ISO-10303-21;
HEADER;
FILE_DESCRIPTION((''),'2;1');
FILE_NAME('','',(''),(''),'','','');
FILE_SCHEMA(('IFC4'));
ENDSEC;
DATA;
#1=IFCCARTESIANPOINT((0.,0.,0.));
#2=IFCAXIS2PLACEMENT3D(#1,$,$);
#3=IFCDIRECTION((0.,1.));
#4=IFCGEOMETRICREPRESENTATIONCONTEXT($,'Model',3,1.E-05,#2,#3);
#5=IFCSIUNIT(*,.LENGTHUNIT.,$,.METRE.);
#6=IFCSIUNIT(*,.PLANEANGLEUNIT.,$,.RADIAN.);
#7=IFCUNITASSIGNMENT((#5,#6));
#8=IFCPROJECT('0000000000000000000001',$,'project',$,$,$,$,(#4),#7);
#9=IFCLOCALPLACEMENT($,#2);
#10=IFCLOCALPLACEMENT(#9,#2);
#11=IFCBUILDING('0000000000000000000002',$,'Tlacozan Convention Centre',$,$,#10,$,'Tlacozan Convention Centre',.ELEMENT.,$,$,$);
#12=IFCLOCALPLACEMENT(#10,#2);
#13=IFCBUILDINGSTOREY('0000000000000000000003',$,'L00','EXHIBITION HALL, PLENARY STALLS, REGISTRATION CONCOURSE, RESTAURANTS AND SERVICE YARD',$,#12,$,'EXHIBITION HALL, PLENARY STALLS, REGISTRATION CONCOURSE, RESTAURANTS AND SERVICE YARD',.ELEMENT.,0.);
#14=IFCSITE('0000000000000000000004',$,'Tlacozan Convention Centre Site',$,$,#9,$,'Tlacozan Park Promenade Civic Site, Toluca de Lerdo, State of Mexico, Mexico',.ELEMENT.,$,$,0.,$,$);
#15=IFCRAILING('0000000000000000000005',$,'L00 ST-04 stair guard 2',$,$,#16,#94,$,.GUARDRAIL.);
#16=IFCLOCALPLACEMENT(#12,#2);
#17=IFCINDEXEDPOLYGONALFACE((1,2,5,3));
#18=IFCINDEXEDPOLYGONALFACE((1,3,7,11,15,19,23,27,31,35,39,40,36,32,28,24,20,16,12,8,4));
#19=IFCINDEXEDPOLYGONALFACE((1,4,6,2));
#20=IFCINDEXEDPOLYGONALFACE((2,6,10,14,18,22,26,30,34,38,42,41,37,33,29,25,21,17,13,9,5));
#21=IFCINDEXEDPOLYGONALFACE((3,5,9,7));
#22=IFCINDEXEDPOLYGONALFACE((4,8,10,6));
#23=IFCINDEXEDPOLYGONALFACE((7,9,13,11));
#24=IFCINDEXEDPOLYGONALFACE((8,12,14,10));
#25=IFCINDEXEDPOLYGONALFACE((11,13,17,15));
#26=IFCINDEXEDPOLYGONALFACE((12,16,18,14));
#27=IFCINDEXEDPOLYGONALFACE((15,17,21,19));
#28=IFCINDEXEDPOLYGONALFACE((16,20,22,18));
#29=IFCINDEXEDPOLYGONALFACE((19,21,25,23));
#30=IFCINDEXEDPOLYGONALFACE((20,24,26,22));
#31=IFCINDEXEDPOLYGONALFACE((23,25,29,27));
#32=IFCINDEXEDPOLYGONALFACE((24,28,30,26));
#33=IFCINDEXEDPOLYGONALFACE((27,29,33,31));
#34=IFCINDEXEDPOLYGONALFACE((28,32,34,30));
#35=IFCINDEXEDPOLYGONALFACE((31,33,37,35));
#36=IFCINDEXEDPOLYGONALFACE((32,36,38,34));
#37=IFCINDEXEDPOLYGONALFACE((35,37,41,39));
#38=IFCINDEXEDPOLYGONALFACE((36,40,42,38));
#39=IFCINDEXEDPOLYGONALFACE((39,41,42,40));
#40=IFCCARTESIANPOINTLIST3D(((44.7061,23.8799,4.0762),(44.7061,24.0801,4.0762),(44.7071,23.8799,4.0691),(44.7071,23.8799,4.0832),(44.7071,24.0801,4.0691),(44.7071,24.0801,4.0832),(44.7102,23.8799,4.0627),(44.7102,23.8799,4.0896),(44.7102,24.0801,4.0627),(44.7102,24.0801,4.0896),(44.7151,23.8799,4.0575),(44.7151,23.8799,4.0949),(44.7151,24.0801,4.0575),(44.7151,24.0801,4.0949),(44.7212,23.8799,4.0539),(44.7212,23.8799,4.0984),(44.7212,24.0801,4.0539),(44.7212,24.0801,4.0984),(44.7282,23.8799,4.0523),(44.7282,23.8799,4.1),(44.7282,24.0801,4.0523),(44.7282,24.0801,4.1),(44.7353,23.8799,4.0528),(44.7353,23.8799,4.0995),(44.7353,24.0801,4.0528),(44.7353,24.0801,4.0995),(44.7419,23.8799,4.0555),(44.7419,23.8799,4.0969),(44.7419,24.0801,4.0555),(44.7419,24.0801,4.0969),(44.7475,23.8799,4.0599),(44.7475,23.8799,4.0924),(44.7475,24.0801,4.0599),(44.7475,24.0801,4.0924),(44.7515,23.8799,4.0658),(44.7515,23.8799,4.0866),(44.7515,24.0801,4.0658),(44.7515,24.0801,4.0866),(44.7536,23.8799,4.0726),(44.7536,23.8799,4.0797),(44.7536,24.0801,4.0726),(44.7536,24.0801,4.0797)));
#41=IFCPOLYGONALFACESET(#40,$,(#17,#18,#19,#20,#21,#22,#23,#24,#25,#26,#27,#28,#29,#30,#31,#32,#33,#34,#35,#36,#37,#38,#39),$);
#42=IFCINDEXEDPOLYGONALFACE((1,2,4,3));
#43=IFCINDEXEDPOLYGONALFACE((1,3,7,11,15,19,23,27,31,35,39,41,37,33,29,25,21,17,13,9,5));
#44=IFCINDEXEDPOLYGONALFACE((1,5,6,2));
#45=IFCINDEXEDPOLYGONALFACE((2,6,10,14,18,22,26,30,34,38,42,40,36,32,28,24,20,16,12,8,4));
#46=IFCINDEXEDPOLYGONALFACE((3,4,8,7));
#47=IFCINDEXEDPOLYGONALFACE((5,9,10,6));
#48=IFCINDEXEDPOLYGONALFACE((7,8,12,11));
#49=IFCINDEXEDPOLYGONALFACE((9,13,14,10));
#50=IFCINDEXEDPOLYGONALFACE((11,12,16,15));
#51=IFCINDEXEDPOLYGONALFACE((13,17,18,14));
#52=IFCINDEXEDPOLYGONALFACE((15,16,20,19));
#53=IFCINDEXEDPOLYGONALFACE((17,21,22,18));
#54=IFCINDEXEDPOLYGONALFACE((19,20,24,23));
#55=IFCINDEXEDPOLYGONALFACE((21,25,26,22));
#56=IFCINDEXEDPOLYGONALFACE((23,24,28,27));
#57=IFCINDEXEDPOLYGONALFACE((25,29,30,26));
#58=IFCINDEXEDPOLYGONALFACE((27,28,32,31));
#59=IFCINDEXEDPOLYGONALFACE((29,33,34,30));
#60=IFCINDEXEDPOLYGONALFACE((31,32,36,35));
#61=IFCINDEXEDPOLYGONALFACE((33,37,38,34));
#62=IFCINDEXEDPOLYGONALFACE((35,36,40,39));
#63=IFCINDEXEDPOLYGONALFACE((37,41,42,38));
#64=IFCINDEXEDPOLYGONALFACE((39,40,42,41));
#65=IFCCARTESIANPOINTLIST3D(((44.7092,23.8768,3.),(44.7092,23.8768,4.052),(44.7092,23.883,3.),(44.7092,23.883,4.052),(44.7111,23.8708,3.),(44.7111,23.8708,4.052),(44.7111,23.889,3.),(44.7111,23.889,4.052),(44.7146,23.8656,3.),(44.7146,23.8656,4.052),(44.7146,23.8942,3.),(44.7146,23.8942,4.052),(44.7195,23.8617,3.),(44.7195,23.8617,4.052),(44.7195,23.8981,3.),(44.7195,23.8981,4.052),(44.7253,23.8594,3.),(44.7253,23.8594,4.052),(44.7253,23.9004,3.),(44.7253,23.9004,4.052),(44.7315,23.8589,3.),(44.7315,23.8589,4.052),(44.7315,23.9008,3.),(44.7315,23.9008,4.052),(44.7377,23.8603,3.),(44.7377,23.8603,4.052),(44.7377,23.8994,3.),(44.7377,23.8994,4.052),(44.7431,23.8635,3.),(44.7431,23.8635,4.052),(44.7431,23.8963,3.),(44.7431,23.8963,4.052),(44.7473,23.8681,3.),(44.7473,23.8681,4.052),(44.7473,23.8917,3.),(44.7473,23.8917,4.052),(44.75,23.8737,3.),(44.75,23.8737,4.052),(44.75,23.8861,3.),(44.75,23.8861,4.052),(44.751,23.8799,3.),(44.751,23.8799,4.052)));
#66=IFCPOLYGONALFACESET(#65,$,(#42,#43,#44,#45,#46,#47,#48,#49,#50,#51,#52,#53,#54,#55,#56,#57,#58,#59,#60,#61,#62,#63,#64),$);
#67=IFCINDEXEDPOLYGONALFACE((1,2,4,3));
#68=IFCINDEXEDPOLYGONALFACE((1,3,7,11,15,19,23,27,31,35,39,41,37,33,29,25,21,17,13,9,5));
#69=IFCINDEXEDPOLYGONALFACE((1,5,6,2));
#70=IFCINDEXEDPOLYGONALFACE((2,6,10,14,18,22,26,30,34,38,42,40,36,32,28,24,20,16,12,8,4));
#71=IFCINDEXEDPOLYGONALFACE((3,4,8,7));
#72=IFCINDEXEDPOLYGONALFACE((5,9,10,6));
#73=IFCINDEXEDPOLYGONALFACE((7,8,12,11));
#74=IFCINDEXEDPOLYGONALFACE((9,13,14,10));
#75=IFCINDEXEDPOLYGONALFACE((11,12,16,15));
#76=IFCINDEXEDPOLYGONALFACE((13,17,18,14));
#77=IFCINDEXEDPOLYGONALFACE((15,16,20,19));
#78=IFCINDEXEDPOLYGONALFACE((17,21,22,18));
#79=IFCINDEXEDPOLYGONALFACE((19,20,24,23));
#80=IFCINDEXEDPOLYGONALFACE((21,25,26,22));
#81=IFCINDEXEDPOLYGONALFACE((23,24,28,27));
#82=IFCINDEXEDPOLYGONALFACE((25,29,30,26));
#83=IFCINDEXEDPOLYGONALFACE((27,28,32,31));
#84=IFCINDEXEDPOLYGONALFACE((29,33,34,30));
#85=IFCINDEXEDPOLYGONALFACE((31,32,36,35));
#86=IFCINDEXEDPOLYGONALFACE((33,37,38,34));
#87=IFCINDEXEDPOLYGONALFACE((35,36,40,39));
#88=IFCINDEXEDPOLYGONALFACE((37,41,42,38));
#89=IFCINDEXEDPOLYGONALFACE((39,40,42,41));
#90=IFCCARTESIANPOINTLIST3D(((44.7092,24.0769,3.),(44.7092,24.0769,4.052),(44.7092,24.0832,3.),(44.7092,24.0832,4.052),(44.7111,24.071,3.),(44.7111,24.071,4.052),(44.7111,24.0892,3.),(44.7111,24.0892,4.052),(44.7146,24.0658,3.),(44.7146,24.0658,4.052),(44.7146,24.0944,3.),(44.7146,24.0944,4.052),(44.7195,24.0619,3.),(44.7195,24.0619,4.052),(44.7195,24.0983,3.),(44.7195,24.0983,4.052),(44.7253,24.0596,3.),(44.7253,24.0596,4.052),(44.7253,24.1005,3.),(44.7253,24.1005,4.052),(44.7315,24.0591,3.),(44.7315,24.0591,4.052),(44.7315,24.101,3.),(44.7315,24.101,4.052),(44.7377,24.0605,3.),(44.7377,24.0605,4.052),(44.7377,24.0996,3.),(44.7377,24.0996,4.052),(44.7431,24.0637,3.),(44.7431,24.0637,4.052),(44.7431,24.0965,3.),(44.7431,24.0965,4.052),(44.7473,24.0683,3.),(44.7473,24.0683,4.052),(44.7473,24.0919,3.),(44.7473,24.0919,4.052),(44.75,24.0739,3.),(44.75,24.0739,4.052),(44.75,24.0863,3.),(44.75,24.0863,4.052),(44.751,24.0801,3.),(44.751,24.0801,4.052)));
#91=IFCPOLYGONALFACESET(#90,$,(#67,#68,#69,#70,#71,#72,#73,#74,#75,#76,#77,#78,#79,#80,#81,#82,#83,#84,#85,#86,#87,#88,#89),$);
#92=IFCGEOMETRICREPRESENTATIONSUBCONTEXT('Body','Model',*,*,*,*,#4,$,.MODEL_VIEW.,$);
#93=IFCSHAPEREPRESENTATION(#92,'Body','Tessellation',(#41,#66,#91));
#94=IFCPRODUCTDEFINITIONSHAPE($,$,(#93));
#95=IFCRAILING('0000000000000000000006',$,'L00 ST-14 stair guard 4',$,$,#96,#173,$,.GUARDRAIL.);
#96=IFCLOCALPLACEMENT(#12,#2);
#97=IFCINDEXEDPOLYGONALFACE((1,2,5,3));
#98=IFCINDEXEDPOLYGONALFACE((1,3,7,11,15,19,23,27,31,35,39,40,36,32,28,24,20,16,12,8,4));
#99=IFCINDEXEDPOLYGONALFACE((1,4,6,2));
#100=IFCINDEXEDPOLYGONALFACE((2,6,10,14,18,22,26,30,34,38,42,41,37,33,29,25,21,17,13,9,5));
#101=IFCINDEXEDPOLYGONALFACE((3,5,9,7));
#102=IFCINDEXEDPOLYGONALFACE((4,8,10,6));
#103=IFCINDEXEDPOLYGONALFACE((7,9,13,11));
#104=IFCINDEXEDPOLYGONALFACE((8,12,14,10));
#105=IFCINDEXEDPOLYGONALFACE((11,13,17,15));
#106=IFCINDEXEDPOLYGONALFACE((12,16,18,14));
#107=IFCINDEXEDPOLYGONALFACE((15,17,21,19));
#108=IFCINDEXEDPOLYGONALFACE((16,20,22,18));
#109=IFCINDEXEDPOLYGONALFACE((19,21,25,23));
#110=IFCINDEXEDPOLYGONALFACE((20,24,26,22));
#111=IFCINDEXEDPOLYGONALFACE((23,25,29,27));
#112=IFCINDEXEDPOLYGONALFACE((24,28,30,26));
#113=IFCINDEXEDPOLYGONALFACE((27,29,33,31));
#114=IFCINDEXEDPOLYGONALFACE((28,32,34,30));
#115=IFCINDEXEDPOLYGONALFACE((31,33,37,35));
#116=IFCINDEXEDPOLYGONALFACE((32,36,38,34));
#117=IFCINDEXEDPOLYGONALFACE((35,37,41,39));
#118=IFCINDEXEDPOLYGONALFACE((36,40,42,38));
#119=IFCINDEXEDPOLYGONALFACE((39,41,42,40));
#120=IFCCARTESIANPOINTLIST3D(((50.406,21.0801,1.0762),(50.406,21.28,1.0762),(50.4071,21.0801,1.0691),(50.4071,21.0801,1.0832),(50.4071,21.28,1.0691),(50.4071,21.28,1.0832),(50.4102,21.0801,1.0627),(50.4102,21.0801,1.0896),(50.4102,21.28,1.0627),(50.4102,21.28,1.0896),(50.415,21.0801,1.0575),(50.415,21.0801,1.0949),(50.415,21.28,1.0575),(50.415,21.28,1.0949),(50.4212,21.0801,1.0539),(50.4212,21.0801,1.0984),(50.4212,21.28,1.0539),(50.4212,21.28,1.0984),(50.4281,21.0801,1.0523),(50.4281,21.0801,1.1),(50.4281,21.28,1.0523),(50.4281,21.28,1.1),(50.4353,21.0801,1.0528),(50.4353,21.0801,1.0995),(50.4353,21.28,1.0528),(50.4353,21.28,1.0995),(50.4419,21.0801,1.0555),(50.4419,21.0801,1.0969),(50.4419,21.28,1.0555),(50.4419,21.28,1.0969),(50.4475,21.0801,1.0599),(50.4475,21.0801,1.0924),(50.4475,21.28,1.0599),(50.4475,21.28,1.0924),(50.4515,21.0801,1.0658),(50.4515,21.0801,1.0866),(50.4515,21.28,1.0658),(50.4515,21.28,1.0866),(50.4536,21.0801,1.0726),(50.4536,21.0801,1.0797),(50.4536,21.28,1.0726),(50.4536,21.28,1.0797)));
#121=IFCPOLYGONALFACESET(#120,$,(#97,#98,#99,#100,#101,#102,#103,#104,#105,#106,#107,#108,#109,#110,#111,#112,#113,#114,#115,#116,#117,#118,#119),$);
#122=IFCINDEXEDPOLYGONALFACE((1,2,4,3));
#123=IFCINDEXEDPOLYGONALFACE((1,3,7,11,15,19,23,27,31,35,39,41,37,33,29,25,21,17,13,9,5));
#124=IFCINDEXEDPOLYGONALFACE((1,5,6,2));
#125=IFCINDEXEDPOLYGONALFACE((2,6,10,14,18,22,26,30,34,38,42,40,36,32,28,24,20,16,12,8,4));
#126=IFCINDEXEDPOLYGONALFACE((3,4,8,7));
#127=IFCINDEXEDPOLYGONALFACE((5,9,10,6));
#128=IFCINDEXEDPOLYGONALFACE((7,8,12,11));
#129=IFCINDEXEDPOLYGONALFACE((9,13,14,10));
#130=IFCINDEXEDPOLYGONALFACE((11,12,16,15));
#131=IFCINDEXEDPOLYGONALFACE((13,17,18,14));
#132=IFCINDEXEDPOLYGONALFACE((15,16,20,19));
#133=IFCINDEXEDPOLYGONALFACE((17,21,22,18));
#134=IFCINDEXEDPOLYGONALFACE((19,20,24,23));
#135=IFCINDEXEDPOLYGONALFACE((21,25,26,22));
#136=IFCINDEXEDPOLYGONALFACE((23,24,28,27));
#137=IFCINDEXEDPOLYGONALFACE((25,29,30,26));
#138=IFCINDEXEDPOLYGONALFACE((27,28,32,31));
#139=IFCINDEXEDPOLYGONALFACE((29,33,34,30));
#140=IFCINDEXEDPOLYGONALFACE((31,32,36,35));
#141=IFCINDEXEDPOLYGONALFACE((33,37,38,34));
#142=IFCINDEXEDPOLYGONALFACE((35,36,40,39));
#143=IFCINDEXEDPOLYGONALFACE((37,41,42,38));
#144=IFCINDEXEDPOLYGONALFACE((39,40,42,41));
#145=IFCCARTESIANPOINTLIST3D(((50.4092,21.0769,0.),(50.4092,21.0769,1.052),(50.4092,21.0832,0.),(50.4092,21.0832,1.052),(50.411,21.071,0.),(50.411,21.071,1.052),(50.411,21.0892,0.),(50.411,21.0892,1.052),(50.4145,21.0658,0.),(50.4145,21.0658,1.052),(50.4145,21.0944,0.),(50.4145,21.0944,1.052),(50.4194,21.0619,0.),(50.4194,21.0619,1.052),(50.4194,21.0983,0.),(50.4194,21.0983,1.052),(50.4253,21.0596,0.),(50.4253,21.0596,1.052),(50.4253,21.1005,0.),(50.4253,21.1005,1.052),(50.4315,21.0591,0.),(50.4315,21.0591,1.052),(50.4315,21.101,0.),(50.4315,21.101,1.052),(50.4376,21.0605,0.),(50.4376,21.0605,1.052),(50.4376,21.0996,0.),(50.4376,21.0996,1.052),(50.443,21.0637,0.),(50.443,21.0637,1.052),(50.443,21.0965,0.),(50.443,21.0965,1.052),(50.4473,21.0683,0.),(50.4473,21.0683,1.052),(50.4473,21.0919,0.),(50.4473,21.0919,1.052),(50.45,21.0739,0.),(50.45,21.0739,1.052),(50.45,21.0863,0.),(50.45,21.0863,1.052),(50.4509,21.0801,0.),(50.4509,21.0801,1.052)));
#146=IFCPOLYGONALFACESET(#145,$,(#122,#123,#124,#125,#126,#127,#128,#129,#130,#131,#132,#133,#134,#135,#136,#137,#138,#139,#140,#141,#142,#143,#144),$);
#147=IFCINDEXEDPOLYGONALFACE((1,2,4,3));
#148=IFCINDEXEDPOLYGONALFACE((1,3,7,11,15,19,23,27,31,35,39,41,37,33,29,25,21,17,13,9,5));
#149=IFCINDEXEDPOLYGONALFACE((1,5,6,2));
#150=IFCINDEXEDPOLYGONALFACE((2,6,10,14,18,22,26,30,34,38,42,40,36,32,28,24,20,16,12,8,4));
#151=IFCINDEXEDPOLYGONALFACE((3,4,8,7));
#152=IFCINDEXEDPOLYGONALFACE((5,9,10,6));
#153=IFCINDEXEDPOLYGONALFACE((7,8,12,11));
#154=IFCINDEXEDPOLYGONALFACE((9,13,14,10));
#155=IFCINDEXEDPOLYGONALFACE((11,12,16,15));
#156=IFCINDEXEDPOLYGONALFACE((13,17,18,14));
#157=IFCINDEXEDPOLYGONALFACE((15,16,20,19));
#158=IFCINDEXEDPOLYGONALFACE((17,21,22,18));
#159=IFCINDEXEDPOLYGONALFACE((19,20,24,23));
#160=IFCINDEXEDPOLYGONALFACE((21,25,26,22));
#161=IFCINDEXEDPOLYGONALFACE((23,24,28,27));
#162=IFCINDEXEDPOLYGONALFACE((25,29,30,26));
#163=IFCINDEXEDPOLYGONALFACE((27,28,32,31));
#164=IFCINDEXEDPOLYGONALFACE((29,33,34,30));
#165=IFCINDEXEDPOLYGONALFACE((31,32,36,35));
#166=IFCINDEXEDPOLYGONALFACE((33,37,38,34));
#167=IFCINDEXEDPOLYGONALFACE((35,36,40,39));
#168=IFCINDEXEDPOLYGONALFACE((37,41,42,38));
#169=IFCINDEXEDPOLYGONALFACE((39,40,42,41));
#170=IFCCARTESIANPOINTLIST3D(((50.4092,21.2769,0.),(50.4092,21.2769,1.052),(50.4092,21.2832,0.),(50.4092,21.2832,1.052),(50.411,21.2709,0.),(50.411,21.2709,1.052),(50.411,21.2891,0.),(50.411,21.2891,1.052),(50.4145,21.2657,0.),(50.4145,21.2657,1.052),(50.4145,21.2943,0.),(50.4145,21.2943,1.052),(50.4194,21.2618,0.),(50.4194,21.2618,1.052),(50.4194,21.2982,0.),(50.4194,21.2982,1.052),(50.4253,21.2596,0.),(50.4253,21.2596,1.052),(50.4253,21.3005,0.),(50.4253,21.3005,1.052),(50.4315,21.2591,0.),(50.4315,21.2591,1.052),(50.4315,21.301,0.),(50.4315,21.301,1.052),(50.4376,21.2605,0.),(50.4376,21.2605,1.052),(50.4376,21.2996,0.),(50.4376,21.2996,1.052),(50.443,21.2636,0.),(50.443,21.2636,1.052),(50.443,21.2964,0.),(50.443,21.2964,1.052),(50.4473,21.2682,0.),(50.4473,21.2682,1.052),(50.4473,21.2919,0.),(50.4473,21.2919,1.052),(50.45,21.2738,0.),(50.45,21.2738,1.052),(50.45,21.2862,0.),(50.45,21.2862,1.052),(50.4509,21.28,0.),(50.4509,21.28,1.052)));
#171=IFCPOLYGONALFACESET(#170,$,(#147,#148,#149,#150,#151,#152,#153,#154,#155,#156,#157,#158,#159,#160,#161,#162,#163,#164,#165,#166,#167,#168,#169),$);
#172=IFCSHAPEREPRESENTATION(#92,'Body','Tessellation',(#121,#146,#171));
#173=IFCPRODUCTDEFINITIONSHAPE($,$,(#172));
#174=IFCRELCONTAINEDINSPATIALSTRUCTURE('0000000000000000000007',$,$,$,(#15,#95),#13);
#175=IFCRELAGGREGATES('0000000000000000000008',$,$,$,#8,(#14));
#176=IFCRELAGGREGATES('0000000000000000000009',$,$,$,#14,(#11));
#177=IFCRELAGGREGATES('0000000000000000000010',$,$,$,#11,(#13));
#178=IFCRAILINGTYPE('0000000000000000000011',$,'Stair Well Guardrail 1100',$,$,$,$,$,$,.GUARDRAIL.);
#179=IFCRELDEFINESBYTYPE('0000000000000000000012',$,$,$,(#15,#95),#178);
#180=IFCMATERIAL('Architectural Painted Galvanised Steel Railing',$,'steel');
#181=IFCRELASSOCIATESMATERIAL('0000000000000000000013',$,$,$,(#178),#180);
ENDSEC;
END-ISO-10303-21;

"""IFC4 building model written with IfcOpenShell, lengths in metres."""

from ifc_helpers import new_model, si_unit, direction, frame, origin, origin_2d, place, context, subcontext, project, spatial, circle, extrude, material, type_object, element, save


model = new_model("IFC4")

# Units and contexts
model_context = context("Model", 3, precision=1e-05, world=origin(), true_north=direction((0.0, 1.0)))
body_context = subcontext(model_context, "Body", "Model", "MODEL_VIEW")
ifc_project = project(units=[si_unit("LENGTHUNIT", "METRE"), si_unit("PLANEANGLEUNIT", "RADIAN")], contexts=[model_context])

# Site, building, storey
site_placement = place(None, origin())
site = spatial("IfcSite", under=ifc_project, at=site_placement, Name="Tlacozan Convention Centre Site", LongName="Tlacozan Park Promenade Civic Site, Toluca de Lerdo, State of Mexico, Mexico", CompositionType="ELEMENT", RefElevation=0.0)
building_placement = place(site_placement, origin())
building = spatial("IfcBuilding", under=site, at=building_placement, Name="Tlacozan Convention Centre", LongName="Tlacozan Convention Centre", CompositionType="ELEMENT")
storey_placement = place(building_placement, origin())
storey = spatial("IfcBuildingStorey", under=building, at=storey_placement, Name="L00", Description="EXHIBITION HALL, PLENARY STALLS, REGISTRATION CONCOURSE, RESTAURANTS AND SERVICE YARD", LongName="EXHIBITION HALL, PLENARY STALLS, REGISTRATION CONCOURSE, RESTAURANTS AND SERVICE YARD", CompositionType="ELEMENT", Elevation=0.0)

# Railings
ifc_material_1 = material(Name="Architectural Painted Galvanised Steel Railing", Category="steel")
railing_type_1 = type_object("IfcRailingType", Name="Stair Well Guardrail 1100", PredefinedType="GUARDRAIL", material=ifc_material_1)
railing_1_placement = place(storey_placement, frame((44.73, 23.8799, 3.0)))
element("IfcRailing", 1, at=railing_1_placement, inside=storey, type_object=railing_type_1, Name="L00 ST-04 stair guard 2", PredefinedType="GUARDRAIL", context=body_context, shape_type="SweptSolid", body=[
    extrude(circle(Radius=0.0239, at=origin_2d()), frame((0.0, 0.0, 1.0762), z_axis=(0.0, 1.0, 0.0), x_axis=(-1.0, 0.0, 0.0)), (0.0, 0.0, 1.0), 0.2002),
    extrude(circle(Radius=0.021, at=origin_2d()), origin(), (0.0, 0.0, 1.0), 1.052),
    extrude(circle(Radius=0.021, at=origin_2d()), frame((0.0, 0.2002, 0.0)), (0.0, 0.0, 1.0), 1.052),
])
railing_2_placement = place(storey_placement, frame((50.4299, 21.0801, 0.0)))
element("IfcRailing", 2, at=railing_2_placement, inside=storey, type_object=railing_type_1, Name="L00 ST-14 stair guard 4", PredefinedType="GUARDRAIL", context=body_context, shape_type="SweptSolid", body=[
    extrude(circle(Radius=0.0239, at=origin_2d()), frame((0.0, 0.0, 1.0762), z_axis=(0.0, 1.0, 0.0), x_axis=(-1.0, 0.0, 0.0)), (0.0, 0.0, 1.0), 0.2),
    extrude(circle(Radius=0.021, at=origin_2d()), origin(), (0.0, 0.0, 1.0), 1.052),
    extrude(circle(Radius=0.021, at=origin_2d()), frame((0.0, 0.2, 0.0)), (0.0, 0.0, 1.0), 1.052),
])

save(model, "model.ifc")
